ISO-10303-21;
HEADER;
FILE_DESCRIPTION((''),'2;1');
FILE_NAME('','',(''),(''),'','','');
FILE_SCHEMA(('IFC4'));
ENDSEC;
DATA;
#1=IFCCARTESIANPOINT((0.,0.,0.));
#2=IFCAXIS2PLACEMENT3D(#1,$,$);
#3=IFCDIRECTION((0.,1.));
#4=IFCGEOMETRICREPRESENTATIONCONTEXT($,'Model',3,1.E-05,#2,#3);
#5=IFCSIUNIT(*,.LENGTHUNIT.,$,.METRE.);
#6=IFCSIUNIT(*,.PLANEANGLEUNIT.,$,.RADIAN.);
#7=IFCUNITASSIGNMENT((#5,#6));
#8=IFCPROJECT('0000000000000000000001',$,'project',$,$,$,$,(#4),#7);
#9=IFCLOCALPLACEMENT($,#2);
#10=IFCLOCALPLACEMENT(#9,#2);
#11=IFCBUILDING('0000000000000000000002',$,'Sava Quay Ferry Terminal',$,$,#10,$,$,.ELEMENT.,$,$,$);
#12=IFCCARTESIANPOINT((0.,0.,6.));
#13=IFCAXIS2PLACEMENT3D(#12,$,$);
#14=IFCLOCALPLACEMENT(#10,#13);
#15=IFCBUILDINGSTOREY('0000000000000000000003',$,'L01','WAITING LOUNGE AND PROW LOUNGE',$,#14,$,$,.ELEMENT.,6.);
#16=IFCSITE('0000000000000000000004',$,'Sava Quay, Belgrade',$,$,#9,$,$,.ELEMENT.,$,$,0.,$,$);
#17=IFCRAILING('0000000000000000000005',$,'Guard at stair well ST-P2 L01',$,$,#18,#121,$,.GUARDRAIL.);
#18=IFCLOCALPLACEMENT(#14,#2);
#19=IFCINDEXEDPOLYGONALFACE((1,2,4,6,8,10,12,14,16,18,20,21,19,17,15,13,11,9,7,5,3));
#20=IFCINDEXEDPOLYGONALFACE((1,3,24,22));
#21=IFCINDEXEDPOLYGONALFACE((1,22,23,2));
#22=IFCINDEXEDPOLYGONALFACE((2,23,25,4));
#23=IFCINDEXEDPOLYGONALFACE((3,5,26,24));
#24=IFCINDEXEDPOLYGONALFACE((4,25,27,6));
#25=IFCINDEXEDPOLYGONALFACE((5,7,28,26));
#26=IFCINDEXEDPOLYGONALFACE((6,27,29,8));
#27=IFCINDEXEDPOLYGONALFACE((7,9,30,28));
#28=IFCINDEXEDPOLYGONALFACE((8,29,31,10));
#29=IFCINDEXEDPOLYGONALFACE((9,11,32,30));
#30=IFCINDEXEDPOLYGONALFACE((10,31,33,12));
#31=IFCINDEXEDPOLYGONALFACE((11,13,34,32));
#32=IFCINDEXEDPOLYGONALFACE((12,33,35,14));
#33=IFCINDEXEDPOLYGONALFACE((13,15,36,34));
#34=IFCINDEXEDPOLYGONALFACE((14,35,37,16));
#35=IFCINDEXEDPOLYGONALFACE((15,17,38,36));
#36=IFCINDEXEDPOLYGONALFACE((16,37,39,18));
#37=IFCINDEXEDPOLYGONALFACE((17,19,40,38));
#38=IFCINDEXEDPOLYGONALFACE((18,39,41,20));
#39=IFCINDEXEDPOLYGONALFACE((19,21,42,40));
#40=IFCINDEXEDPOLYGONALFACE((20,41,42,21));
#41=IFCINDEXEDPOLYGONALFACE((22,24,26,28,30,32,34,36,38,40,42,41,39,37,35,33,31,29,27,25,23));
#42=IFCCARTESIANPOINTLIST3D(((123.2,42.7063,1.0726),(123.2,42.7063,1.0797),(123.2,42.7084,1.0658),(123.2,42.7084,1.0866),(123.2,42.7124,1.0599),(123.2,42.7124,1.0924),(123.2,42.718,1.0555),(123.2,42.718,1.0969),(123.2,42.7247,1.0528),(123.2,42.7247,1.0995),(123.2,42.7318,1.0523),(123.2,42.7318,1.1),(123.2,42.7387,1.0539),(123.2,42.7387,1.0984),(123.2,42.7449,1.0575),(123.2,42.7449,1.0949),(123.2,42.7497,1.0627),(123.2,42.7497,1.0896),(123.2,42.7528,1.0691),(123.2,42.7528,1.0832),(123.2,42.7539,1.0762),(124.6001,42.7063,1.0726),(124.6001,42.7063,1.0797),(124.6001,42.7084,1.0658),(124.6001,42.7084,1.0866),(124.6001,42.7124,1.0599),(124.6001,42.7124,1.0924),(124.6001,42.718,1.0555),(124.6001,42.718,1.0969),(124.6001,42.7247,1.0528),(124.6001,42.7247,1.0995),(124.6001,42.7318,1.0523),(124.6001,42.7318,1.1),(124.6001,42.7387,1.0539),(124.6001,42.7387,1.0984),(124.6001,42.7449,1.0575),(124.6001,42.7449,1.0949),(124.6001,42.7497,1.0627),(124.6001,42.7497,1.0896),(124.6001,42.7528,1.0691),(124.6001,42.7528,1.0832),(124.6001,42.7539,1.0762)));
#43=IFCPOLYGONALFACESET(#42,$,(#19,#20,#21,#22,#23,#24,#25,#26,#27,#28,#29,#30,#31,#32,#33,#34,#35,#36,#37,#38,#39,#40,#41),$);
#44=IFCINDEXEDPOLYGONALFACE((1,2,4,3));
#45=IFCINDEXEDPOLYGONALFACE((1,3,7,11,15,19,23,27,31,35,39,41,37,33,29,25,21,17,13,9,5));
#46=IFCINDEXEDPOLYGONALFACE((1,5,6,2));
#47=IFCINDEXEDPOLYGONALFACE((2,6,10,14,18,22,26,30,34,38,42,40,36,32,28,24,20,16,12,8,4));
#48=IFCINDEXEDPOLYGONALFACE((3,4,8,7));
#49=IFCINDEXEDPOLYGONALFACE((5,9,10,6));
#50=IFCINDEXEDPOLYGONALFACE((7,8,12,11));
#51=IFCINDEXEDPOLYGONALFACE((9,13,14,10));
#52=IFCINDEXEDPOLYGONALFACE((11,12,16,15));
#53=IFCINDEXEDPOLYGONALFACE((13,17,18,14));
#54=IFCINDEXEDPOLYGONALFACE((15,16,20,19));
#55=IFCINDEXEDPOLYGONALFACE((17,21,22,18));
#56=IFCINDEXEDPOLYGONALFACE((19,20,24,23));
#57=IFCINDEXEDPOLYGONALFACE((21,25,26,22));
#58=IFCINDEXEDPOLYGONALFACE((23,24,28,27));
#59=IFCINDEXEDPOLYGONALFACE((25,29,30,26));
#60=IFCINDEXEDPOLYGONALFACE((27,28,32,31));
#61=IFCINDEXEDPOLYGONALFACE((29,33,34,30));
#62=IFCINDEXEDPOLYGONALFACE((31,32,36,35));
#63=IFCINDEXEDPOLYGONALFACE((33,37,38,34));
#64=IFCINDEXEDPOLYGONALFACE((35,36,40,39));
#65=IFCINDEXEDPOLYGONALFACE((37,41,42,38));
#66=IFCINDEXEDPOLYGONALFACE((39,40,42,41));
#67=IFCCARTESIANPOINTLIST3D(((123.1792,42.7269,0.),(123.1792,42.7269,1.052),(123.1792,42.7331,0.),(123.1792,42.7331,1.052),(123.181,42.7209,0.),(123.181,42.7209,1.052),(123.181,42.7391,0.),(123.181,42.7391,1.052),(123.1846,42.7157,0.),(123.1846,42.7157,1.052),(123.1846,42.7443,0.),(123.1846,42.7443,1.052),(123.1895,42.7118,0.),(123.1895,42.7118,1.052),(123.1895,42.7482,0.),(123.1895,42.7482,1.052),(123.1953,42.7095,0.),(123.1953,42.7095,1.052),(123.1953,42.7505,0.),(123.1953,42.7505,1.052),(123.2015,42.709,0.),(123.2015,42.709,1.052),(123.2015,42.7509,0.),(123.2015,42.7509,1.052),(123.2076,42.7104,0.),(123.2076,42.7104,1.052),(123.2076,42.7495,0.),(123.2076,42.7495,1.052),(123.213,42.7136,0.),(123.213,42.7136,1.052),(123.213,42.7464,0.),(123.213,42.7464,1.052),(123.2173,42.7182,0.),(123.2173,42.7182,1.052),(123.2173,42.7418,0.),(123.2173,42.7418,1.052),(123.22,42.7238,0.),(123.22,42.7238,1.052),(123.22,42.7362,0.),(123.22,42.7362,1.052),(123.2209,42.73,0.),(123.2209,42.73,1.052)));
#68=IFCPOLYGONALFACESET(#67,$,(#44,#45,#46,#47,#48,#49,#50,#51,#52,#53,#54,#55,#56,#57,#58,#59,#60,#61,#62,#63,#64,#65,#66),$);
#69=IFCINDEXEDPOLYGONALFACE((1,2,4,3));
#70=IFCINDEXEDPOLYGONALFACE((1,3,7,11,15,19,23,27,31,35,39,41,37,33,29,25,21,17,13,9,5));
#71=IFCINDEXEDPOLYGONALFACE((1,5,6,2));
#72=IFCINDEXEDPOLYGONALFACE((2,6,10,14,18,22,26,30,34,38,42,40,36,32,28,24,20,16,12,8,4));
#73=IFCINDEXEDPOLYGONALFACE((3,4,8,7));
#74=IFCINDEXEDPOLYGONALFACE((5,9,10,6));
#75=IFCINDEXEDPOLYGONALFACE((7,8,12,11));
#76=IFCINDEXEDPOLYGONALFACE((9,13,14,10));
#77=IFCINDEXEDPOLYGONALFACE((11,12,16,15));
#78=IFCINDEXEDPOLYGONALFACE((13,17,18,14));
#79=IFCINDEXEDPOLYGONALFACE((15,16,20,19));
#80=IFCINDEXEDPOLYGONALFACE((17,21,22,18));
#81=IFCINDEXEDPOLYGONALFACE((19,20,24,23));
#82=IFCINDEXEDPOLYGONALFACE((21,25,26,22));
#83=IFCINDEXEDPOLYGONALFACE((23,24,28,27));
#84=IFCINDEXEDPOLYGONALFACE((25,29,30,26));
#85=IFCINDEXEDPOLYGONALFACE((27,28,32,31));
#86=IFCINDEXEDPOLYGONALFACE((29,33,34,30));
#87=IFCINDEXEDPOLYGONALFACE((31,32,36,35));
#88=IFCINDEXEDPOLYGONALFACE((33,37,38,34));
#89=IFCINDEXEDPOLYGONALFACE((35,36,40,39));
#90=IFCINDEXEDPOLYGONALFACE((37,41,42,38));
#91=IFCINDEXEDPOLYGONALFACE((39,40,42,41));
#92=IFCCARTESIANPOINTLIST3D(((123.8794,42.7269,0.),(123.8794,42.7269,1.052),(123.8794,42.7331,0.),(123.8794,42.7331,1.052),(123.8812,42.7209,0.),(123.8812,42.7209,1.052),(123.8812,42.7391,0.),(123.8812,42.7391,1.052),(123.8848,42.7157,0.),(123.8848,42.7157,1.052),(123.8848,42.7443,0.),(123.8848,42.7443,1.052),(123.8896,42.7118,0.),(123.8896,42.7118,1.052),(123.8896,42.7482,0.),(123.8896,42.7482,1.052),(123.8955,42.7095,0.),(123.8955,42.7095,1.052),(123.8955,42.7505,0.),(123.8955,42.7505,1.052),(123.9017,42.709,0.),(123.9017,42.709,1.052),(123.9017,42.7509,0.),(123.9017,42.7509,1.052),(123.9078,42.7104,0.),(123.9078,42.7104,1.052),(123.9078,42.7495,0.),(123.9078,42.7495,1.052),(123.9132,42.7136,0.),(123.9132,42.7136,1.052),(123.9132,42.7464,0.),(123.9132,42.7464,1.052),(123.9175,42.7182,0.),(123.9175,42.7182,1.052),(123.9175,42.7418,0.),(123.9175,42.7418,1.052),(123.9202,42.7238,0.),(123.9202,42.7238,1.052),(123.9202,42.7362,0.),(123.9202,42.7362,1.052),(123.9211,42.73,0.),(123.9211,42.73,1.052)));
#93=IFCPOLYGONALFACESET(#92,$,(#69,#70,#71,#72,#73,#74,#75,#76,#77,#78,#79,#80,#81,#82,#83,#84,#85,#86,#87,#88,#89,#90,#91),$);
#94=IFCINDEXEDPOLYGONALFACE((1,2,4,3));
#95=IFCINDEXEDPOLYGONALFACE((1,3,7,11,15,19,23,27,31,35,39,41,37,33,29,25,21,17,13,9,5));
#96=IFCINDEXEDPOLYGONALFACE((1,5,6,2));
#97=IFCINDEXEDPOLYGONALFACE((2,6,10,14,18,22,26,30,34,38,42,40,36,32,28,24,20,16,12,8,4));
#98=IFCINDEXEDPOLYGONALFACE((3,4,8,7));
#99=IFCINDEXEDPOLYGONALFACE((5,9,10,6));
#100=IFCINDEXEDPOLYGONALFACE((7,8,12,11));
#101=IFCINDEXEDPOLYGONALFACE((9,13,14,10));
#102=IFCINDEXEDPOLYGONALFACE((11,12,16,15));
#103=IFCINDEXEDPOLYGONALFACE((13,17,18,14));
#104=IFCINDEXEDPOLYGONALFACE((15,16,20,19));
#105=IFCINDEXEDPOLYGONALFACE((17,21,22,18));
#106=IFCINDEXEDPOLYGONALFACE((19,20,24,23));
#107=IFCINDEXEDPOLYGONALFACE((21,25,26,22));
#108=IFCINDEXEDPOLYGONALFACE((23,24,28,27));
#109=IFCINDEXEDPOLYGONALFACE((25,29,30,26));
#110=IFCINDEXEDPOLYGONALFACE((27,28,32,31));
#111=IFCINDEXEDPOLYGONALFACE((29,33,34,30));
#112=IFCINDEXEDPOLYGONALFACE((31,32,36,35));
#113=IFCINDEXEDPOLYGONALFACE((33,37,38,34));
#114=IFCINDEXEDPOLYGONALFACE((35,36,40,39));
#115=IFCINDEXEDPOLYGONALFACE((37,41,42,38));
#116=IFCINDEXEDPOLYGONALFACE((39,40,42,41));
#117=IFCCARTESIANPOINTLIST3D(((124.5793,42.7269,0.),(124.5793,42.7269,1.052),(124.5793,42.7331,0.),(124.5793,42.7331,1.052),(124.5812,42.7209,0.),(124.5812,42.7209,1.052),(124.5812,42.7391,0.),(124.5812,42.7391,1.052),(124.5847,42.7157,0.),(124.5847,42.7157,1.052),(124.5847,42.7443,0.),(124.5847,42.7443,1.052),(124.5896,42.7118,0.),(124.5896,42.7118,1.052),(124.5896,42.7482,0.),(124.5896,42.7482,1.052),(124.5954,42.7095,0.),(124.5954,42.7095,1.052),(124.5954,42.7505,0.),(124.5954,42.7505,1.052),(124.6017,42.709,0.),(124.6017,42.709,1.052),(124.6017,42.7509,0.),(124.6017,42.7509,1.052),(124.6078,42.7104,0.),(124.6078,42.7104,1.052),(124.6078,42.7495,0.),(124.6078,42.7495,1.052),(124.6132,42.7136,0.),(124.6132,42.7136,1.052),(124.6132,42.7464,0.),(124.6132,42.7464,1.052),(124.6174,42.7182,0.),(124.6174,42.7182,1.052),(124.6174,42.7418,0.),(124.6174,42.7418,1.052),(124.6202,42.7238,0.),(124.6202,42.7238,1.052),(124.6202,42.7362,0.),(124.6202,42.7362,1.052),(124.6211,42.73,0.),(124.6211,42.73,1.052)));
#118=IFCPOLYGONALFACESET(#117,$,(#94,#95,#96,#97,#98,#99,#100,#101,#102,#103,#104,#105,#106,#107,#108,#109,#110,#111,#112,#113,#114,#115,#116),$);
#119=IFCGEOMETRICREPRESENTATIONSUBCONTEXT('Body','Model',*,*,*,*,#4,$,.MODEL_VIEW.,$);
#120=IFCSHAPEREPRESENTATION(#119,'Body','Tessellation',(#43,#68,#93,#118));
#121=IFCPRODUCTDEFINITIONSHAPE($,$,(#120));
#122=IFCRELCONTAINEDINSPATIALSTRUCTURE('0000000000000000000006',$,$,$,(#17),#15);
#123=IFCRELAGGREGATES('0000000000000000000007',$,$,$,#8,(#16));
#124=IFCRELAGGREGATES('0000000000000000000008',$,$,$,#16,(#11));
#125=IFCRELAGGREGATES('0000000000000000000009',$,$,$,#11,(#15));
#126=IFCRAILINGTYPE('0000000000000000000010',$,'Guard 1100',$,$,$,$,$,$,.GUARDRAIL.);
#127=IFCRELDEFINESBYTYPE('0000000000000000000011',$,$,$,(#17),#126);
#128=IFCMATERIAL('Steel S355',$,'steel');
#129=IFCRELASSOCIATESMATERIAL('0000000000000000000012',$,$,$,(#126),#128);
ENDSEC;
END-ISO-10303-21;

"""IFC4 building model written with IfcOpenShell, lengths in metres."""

from ifc_helpers import new_model, si_unit, direction, frame, origin, origin_2d, place, context, subcontext, project, spatial, circle, extrude, material, type_object, element, save


model = new_model("IFC4")

# Units and contexts
model_context = context("Model", 3, precision=1e-05, world=origin(), true_north=direction((0.0, 1.0)))
body_context = subcontext(model_context, "Body", "Model", "MODEL_VIEW")
ifc_project = project(units=[si_unit("LENGTHUNIT", "METRE"), si_unit("PLANEANGLEUNIT", "RADIAN")], contexts=[model_context])

# Site, building, storey
site_placement = place(None, origin())
site = spatial("IfcSite", under=ifc_project, at=site_placement, Name="Sava Quay, Belgrade", CompositionType="ELEMENT", RefElevation=0.0)
building_placement = place(site_placement, origin())
building = spatial("IfcBuilding", under=site, at=building_placement, Name="Sava Quay Ferry Terminal", CompositionType="ELEMENT")
storey_placement = place(building_placement, frame((0.0, 0.0, 6.0)))
storey = spatial("IfcBuildingStorey", under=building, at=storey_placement, Name="L01", Description="WAITING LOUNGE AND PROW LOUNGE", CompositionType="ELEMENT", Elevation=6.0)

# Railing
ifc_material_1 = material(Name="Steel S355", Category="steel")
railing_type_1 = type_object("IfcRailingType", Name="Guard 1100", PredefinedType="GUARDRAIL", material=ifc_material_1)
railing_1_placement = place(storey_placement, frame((123.2, 42.73, 0.0)))
element("IfcRailing", 1, at=railing_1_placement, inside=storey, type_object=railing_type_1, Name="Guard at stair well ST-P2 L01", PredefinedType="GUARDRAIL", context=body_context, shape_type="SweptSolid", body=[
    extrude(circle(Radius=0.0239, at=origin_2d()), frame((0.0, 0.0, 1.0762), z_axis=(1.0, 0.0, 0.0), x_axis=(0.0, 1.0, 0.0)), (0.0, 0.0, 1.0), 1.4001),
    extrude(circle(Radius=0.021, at=origin_2d()), origin(), (0.0, 0.0, 1.0), 1.052),
    extrude(circle(Radius=0.021, at=origin_2d()), frame((0.7002, 0.0, 0.0)), (0.0, 0.0, 1.0), 1.052),
    extrude(circle(Radius=0.021, at=origin_2d()), frame((1.4001, 0.0, 0.0)), (0.0, 0.0, 1.0), 1.052),
])

save(model, "model.ifc")
